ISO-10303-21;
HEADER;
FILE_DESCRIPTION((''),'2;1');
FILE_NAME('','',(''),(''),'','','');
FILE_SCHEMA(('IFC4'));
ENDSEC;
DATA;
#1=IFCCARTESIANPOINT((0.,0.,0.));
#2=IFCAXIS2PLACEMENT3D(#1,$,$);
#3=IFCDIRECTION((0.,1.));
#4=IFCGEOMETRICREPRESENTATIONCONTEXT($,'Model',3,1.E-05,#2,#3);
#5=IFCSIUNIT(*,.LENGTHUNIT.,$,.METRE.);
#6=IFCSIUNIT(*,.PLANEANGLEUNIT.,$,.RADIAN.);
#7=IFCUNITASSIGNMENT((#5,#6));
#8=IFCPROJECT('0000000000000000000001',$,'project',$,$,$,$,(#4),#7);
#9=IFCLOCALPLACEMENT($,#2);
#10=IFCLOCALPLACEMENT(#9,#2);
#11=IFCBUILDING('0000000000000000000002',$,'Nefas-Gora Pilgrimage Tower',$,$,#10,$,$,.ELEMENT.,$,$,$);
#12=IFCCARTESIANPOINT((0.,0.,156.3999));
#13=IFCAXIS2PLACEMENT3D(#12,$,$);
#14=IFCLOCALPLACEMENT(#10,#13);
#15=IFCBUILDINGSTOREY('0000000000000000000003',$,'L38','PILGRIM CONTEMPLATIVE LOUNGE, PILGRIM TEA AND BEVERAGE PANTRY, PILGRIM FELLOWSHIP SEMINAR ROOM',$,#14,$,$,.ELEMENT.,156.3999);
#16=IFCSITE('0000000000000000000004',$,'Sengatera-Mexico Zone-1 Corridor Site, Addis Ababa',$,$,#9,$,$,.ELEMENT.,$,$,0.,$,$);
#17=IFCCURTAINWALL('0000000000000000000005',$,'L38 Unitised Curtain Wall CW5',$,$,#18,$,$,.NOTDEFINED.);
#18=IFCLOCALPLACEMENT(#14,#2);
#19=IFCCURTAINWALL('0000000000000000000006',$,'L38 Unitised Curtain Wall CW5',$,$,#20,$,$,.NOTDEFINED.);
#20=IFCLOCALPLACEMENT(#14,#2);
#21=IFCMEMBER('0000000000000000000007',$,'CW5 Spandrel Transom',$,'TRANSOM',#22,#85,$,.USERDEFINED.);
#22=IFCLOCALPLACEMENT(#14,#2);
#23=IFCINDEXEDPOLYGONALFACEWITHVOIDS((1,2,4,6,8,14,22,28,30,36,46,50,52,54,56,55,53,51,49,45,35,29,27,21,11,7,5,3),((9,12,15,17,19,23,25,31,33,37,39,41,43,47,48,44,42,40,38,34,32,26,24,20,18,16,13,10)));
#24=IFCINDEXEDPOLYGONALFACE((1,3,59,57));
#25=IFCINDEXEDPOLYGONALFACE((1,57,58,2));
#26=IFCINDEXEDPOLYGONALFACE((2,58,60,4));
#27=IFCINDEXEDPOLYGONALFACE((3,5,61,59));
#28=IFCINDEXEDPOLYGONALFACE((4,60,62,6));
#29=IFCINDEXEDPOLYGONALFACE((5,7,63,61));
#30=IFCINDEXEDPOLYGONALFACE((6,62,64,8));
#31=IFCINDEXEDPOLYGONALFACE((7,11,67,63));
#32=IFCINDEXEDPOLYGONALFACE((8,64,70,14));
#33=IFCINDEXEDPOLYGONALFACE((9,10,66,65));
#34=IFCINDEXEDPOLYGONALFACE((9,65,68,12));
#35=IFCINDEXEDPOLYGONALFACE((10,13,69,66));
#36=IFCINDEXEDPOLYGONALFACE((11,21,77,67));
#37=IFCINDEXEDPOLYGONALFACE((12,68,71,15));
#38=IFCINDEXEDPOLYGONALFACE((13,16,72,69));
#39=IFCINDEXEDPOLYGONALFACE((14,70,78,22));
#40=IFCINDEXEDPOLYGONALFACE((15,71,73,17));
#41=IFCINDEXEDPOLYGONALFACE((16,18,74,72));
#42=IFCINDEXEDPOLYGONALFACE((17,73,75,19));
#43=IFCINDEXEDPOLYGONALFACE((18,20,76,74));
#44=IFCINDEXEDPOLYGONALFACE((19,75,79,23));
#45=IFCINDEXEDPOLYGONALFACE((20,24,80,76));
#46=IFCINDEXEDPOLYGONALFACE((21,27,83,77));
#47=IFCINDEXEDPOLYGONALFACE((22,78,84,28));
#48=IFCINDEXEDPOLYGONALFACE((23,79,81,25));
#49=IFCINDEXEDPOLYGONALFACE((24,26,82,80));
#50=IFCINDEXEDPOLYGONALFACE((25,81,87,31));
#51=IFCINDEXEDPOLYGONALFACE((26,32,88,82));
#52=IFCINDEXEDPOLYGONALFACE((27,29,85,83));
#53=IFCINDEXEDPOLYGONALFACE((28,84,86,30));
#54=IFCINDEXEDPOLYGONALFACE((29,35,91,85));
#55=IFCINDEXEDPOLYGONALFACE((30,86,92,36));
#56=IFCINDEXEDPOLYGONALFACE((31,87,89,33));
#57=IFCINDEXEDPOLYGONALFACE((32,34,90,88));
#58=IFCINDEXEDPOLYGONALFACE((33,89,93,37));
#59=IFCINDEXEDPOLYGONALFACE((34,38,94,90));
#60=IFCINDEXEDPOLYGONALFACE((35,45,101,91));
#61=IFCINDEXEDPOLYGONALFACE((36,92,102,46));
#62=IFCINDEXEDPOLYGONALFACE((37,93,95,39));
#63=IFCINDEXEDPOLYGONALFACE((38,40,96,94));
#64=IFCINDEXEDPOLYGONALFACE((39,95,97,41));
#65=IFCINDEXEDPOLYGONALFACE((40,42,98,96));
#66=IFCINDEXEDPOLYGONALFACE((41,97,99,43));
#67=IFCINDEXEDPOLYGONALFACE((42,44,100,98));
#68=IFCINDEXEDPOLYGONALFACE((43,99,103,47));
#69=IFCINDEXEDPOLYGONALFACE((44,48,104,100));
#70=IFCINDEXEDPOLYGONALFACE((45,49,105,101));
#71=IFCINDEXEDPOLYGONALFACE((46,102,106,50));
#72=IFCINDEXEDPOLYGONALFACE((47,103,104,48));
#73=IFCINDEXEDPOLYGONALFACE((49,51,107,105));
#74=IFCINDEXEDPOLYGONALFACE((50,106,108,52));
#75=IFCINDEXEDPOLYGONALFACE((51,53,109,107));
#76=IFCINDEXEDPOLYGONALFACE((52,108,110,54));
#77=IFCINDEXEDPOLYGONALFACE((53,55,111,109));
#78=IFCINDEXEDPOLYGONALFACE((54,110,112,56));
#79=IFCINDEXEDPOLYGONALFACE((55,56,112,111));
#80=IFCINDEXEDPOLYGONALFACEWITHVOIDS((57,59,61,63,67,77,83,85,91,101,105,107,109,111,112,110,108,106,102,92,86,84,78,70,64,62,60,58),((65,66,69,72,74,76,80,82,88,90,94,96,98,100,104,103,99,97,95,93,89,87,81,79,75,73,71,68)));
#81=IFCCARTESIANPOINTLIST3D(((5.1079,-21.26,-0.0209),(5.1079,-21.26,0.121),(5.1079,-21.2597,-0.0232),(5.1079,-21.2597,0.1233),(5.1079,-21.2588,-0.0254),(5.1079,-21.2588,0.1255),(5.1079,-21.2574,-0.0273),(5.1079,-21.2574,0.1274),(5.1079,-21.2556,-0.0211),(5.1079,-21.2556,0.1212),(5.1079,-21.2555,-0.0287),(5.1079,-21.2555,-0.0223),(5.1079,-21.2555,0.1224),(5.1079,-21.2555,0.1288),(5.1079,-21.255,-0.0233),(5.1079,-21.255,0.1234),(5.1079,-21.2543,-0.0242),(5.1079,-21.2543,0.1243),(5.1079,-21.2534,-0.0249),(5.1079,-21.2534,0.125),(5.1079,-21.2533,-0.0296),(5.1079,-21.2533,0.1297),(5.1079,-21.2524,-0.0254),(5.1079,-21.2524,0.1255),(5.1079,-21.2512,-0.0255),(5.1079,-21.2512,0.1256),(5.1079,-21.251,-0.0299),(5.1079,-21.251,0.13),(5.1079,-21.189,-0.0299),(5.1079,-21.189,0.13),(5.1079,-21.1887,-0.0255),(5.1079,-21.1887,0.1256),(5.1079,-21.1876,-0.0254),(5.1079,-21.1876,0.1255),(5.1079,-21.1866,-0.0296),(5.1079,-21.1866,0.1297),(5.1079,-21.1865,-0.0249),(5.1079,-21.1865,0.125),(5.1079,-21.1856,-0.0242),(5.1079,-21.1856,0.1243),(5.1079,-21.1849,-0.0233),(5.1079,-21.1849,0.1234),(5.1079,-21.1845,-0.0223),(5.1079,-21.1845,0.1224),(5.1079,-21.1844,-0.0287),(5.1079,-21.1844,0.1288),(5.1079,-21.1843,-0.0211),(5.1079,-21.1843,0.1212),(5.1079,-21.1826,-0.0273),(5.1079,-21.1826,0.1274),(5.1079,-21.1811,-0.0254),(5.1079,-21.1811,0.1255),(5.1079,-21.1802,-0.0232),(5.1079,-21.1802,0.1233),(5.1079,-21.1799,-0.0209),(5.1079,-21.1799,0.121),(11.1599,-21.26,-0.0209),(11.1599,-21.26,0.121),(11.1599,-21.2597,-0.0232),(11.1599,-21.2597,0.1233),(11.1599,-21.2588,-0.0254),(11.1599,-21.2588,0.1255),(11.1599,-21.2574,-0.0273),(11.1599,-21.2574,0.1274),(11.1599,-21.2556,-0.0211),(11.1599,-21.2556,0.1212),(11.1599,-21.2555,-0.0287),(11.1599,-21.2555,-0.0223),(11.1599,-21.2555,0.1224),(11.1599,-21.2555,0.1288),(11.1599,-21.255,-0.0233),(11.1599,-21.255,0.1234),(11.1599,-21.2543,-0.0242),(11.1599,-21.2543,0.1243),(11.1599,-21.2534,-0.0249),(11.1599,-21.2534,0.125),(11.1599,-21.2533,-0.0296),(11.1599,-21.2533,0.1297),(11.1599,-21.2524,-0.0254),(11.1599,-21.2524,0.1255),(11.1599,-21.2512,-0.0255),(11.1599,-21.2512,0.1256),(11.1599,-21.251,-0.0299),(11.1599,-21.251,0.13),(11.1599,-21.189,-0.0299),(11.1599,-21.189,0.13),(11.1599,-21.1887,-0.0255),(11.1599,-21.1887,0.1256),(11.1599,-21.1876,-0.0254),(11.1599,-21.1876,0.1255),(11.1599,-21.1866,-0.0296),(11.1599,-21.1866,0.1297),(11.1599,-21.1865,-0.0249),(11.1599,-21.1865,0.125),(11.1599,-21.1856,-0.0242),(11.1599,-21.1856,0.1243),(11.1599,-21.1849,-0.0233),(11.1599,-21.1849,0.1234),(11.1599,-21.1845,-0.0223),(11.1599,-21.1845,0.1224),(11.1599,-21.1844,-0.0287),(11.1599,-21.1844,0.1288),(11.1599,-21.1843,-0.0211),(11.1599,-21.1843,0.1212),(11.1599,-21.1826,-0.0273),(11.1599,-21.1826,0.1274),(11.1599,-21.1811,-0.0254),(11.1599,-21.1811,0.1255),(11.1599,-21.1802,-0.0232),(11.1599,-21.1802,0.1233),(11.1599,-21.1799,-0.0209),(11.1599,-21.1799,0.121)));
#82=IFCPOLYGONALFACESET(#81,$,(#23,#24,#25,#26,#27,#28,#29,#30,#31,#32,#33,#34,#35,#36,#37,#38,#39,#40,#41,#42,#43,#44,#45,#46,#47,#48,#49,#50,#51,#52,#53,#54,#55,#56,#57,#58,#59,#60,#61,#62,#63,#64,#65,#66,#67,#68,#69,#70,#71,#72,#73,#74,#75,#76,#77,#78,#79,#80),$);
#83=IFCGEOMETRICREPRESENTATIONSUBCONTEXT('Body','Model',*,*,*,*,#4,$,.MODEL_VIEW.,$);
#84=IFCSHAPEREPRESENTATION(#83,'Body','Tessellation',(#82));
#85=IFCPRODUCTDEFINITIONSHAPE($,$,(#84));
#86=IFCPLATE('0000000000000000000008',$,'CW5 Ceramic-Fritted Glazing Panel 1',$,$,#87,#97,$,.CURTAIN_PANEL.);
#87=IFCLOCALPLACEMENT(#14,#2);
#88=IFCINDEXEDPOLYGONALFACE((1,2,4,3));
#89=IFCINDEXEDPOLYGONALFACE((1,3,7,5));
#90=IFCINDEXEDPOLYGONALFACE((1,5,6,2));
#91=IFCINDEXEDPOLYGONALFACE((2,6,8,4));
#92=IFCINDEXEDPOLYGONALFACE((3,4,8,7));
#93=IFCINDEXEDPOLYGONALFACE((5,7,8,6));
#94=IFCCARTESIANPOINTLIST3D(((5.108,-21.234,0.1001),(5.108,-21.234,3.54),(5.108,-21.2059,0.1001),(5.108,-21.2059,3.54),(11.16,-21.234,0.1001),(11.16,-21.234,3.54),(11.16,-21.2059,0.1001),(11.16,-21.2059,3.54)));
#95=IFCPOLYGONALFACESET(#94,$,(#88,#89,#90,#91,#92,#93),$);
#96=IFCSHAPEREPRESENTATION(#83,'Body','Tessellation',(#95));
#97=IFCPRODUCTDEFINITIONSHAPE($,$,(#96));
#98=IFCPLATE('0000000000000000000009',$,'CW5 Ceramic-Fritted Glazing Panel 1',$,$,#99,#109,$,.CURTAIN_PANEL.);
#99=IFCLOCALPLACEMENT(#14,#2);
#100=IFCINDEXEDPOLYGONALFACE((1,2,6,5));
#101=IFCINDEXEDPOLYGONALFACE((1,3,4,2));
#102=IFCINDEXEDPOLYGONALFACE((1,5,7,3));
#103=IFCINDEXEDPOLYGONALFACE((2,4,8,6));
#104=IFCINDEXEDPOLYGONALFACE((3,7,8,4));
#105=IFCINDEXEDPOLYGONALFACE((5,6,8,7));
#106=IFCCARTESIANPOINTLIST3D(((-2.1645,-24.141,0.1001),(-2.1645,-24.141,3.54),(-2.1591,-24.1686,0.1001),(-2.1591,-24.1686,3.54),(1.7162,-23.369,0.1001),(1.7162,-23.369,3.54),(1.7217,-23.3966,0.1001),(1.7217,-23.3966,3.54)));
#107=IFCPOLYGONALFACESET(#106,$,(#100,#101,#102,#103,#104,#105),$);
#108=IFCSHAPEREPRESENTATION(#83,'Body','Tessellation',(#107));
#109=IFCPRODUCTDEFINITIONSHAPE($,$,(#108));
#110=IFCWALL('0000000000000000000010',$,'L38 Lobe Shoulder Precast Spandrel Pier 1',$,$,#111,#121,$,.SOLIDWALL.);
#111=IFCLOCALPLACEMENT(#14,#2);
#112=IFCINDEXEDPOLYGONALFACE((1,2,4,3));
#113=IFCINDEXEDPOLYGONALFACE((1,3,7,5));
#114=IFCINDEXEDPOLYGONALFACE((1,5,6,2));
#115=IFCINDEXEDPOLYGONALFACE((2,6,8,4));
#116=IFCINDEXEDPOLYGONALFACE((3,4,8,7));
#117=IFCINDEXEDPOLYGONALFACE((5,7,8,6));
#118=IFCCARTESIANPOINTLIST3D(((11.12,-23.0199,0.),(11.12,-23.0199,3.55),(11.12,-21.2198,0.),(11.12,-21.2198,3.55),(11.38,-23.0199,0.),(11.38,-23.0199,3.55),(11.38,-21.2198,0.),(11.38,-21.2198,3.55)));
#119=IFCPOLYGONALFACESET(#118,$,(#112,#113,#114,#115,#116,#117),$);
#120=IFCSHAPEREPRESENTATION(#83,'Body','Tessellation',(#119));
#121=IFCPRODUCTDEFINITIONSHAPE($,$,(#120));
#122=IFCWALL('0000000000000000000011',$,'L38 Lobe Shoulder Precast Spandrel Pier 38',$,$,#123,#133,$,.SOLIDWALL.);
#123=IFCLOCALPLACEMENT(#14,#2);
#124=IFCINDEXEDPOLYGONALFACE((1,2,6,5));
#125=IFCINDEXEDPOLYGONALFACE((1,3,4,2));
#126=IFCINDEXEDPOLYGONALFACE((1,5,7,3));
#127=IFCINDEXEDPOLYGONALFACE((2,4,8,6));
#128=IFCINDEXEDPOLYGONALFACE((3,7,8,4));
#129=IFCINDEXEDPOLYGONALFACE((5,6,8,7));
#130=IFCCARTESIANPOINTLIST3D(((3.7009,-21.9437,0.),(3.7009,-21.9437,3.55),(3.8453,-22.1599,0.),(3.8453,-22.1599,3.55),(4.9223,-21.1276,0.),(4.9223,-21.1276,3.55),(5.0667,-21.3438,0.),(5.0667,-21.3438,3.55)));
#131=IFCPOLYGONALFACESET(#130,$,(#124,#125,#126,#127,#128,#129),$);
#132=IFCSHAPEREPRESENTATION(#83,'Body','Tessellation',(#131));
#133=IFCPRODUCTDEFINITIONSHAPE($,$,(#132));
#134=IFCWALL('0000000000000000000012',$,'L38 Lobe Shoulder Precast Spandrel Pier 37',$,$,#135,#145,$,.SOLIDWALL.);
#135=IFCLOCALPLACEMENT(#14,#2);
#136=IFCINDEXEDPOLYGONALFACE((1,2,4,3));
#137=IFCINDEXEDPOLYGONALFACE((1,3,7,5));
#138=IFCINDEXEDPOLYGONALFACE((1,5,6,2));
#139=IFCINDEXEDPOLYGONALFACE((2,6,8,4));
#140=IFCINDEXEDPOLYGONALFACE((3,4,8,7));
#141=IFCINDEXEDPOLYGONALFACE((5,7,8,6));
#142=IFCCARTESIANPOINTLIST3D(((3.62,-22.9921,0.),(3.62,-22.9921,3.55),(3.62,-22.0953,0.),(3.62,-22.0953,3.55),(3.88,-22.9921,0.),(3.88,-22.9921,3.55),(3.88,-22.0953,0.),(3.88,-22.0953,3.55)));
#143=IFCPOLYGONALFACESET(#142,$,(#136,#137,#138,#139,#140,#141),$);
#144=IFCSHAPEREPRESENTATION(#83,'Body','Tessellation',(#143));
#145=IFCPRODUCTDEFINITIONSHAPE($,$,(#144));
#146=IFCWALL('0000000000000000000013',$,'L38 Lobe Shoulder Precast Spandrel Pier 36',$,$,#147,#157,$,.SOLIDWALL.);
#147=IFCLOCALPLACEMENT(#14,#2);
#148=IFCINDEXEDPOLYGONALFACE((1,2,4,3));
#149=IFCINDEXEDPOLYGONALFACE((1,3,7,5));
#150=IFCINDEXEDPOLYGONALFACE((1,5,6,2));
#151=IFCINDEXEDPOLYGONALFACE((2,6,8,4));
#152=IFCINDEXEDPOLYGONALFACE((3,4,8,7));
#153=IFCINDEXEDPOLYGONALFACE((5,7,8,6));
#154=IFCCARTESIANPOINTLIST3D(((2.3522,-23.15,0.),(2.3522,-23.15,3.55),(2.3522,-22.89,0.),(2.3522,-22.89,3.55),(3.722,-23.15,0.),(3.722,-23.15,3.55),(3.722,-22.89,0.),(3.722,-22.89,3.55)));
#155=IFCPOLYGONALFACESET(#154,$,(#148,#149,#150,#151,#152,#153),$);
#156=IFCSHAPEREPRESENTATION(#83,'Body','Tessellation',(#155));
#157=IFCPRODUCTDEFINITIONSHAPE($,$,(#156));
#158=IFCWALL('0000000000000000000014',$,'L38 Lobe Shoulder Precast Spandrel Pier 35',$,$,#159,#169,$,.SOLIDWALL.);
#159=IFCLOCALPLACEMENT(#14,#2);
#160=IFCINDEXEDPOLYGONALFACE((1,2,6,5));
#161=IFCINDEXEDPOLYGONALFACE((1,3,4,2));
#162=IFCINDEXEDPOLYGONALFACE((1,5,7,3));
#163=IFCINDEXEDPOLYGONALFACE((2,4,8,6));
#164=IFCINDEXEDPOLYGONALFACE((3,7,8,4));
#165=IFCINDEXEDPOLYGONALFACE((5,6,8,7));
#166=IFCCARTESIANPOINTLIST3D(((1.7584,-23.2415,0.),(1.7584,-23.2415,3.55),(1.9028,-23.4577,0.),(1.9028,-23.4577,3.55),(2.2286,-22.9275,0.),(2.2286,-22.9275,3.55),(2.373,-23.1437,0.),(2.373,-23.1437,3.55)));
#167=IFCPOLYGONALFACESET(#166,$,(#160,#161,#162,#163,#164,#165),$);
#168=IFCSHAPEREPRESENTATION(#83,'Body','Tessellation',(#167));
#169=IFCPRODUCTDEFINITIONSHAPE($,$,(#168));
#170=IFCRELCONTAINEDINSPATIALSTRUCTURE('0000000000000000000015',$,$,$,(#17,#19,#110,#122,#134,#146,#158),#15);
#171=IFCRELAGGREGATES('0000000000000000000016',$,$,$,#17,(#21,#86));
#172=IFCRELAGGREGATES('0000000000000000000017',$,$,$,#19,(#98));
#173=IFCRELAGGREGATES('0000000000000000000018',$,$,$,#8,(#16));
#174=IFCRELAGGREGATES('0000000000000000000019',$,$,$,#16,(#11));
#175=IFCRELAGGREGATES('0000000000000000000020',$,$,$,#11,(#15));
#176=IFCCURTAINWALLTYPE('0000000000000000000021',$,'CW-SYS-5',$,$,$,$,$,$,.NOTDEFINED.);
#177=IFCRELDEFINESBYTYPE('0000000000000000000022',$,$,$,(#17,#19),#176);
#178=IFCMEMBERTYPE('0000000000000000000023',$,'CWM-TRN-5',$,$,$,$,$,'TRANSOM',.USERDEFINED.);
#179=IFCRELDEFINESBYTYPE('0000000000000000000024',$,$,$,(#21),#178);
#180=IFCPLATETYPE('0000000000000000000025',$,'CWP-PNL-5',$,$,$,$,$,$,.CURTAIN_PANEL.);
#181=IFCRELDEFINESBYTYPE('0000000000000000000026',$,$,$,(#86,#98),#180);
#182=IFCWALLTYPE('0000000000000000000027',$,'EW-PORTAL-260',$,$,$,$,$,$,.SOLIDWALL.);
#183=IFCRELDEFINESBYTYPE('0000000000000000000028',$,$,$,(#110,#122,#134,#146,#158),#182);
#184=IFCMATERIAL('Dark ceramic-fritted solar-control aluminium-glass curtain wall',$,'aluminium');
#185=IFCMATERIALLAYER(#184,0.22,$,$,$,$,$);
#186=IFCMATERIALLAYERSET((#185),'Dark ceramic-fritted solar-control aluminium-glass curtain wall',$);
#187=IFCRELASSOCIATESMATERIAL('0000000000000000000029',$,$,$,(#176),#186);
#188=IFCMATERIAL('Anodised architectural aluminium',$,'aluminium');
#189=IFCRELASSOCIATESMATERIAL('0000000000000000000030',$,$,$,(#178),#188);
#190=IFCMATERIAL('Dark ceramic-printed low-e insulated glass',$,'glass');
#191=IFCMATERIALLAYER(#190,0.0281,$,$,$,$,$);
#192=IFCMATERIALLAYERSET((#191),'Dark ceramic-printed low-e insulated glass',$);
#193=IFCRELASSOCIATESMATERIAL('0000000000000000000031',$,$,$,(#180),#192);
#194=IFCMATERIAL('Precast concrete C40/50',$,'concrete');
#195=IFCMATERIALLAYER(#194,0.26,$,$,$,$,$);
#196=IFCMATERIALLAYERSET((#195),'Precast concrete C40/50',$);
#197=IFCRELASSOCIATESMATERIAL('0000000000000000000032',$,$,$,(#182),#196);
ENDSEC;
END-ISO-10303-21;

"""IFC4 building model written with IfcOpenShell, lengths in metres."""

from ifc_helpers import new_model, si_unit, direction, frame, frame_2d, origin, origin_2d, place, context, subcontext, project, spatial, rectangle, hollow_rectangle, extrude, source, transform, mapped, material, layer, layer_set, material_profile, profile_set, type_object, element, aggregate, save


model = new_model("IFC4")

# Units and contexts
model_context = context("Model", 3, precision=1e-05, world=origin(), true_north=direction((0.0, 1.0)))
body_context = subcontext(model_context, "Body", "Model", "MODEL_VIEW")
ifc_project = project(units=[si_unit("LENGTHUNIT", "METRE"), si_unit("PLANEANGLEUNIT", "RADIAN")], contexts=[model_context])

# Site, building, storey
site_placement = place(None, origin())
site = spatial("IfcSite", under=ifc_project, at=site_placement, Name="Sengatera-Mexico Zone-1 Corridor Site, Addis Ababa", CompositionType="ELEMENT", RefElevation=0.0)
building_placement = place(site_placement, origin())
building = spatial("IfcBuilding", under=site, at=building_placement, Name="Nefas-Gora Pilgrimage Tower", CompositionType="ELEMENT")
storey_placement = place(building_placement, frame((0.0, 0.0, 156.3999)))
storey = spatial("IfcBuildingStorey", under=building, at=storey_placement, Name="L38", Description="PILGRIM CONTEMPLATIVE LOUNGE, PILGRIM TEA AND BEVERAGE PANTRY, PILGRIM FELLOWSHIP SEMINAR ROOM", CompositionType="ELEMENT", Elevation=156.3999)

# Curtain wall
ifc_material_1 = material(Name="Dark ceramic-fritted solar-control aluminium-glass curtain wall", Category="aluminium")
ifc_layer_1 = layer(ifc_material_1, 0.22)
ifc_layer_set_1 = layer_set([ifc_layer_1], Name="Dark ceramic-fritted solar-control aluminium-glass curtain wall")
curtain_wall_type = type_object("IfcCurtainWallType", Name="CW-SYS-5", PredefinedType="NOTDEFINED", material=ifc_layer_set_1)
curtain_wall_1_placement = place(storey_placement, origin())
curtain_wall_1 = element("IfcCurtainWall", 1, at=curtain_wall_1_placement, inside=storey, type_object=curtain_wall_type, Name="L38 Unitised Curtain Wall CW5", PredefinedType="NOTDEFINED")
ifc_material_2 = material(Name="Anodised architectural aluminium", Category="aluminium")

# Curtain wall
curtain_wall_2_placement = place(storey_placement, origin())
curtain_wall_2 = element("IfcCurtainWall", 2, at=curtain_wall_2_placement, inside=storey, type_object=curtain_wall_type, Name="L38 Unitised Curtain Wall CW5", PredefinedType="NOTDEFINED")

# Member
ifc_material_profile_1 = material_profile(ifc_material_2, hollow_rectangle(XDim=0.0801, YDim=0.1599, WallThickness=0.0044, InnerFilletRadius=0.0044, OuterFilletRadius=0.009, at=origin_2d()), Name="ALU TRANSOM 80x160")
ifc_profile_set_1 = profile_set([ifc_material_profile_1], Name="Anodised architectural aluminium")
member_type_1 = type_object("IfcMemberType", Name="CWM-TRN-5", ElementType="TRANSOM", PredefinedType="USERDEFINED", material=ifc_profile_set_1)
shared_shape_1 = source(origin(), body_context, "Body", "SweptSolid", [
    extrude(hollow_rectangle(XDim=0.0801, YDim=0.1599, WallThickness=0.0044, InnerFilletRadius=0.0044, OuterFilletRadius=0.009, at=origin_2d()), origin(), (0.0, 0.0, 1.0), 6.052),
])
member_1_placement = place(storey_placement, frame((5.1079, -21.22, 0.05), z_axis=(1.0, 0.0, 0.0), x_axis=(0.0, 1.0, 0.0)))
member_1 = element("IfcMember", 3, at=member_1_placement, type_object=member_type_1, Name="CW5 Spandrel Transom", ObjectType="TRANSOM", PredefinedType="USERDEFINED", context=body_context, shape_type="MappedRepresentation", body=[
    mapped(shared_shape_1, transform((0.0, 0.0, 0.0), x_axis=(1.0, 0.0, 0.0), y_axis=(0.0, 1.0, 0.0), z_axis=(0.0, 0.0, 1.0), scale=1.0)),
])

# Plates
ifc_material_3 = material(Name="Dark ceramic-printed low-e insulated glass", Category="glass")
ifc_layer_2 = layer(ifc_material_3, 0.0281)
ifc_layer_set_2 = layer_set([ifc_layer_2], Name="Dark ceramic-printed low-e insulated glass")
plate_type = type_object("IfcPlateType", Name="CWP-PNL-5", PredefinedType="CURTAIN_PANEL", material=ifc_layer_set_2)
shared_shape_2 = source(origin(), body_context, "Body", "SweptSolid", [
    extrude(rectangle(XDim=6.052, YDim=0.0281, at=origin_2d()), origin(), (0.0, 0.0, 1.0), 3.4399),
])
plate_1_placement = place(storey_placement, frame((8.134, -21.22, 0.1001), z_axis=(0.0, 0.0, 1.0), x_axis=(1.0, 0.0, 0.0)))
plate_1 = element("IfcPlate", 4, at=plate_1_placement, type_object=plate_type, Name="CW5 Ceramic-Fritted Glazing Panel 1", PredefinedType="CURTAIN_PANEL", context=body_context, shape_type="MappedRepresentation", body=[
    mapped(shared_shape_2, transform((0.0, 0.0, 0.0), x_axis=(1.0, 0.0, 0.0), y_axis=(0.0, 1.0, 0.0), z_axis=(0.0, 0.0, 1.0), scale=1.0)),
])
aggregate(curtain_wall_1, [member_1, plate_1])
shared_shape_3 = source(origin(), body_context, "Body", "SweptSolid", [
    extrude(rectangle(XDim=3.9568, YDim=0.0281, at=origin_2d()), origin(), (0.0, 0.0, 1.0), 3.4399),
])
plate_2_placement = place(storey_placement, frame((-0.2214, -23.7688, 0.1001), z_axis=(0.0, 0.0, 1.0), x_axis=(0.980783, 0.195102, 0.0)))
plate_2 = element("IfcPlate", 5, at=plate_2_placement, type_object=plate_type, Name="CW5 Ceramic-Fritted Glazing Panel 1", PredefinedType="CURTAIN_PANEL", context=body_context, shape_type="MappedRepresentation", body=[
    mapped(shared_shape_3, transform((0.0, 0.0, 0.0), x_axis=(1.0, 0.0, 0.0), y_axis=(0.0, 1.0, 0.0), z_axis=(0.0, 0.0, 1.0), scale=1.0)),
])
aggregate(curtain_wall_2, [plate_2])

# Walls
ifc_material_4 = material(Name="Precast concrete C40/50", Category="concrete")
ifc_layer_3 = layer(ifc_material_4, 0.26)
ifc_layer_set_3 = layer_set([ifc_layer_3], Name="Precast concrete C40/50")
wall_type_1 = type_object("IfcWallType", Name="EW-PORTAL-260", PredefinedType="SOLIDWALL", material=ifc_layer_set_3)
shared_shape_4 = source(origin(), body_context, "Body", "SweptSolid", [
    extrude(rectangle(XDim=1.8, YDim=0.26, at=frame_2d((0.8999, 0.0))), origin(), (0.0, 0.0, 1.0), 3.55),
])
wall_1_placement = place(storey_placement, frame((11.25, -21.22, 0.0), z_axis=(0.0, 0.0, 1.0), x_axis=(0.0, -1.0, 0.0)))
element("IfcWall", 6, at=wall_1_placement, inside=storey, type_object=wall_type_1, Name="L38 Lobe Shoulder Precast Spandrel Pier 1", PredefinedType="SOLIDWALL", context=body_context, shape_type="MappedRepresentation", body=[
    mapped(shared_shape_4, transform((0.0, 0.0, 0.0), x_axis=(1.0, 0.0, 0.0), y_axis=(0.0, 1.0, 0.0), z_axis=(0.0, 0.0, 1.0), scale=1.0)),
])
shared_shape_5 = source(origin(), body_context, "Body", "SweptSolid", [
    extrude(rectangle(XDim=1.469, YDim=0.26, at=frame_2d((0.7344, 0.0))), origin(), (0.0, 0.0, 1.0), 3.55),
])
wall_2_placement = place(storey_placement, frame((3.7732, -22.0518, 0.0), z_axis=(0.0, 0.0, 1.0), x_axis=(0.831462, 0.555582, 0.0)))
element("IfcWall", 7, at=wall_2_placement, inside=storey, type_object=wall_type_1, Name="L38 Lobe Shoulder Precast Spandrel Pier 38", PredefinedType="SOLIDWALL", context=body_context, shape_type="MappedRepresentation", body=[
    mapped(shared_shape_5, transform((0.0, 0.0, 0.0), x_axis=(1.0, 0.0, 0.0), y_axis=(0.0, 1.0, 0.0), z_axis=(0.0, 0.0, 1.0), scale=1.0)),
])
shared_shape_6 = source(origin(), body_context, "Body", "SweptSolid", [
    extrude(rectangle(XDim=0.8967, YDim=0.26, at=frame_2d((0.4482, 0.0))), origin(), (0.0, 0.0, 1.0), 3.55),
])
wall_3_placement = place(storey_placement, frame((3.75, -22.9919, 0.0), z_axis=(0.0, 0.0, 1.0), x_axis=(0.0, 1.0, 0.0)))
element("IfcWall", 8, at=wall_3_placement, inside=storey, type_object=wall_type_1, Name="L38 Lobe Shoulder Precast Spandrel Pier 37", PredefinedType="SOLIDWALL", context=body_context, shape_type="MappedRepresentation", body=[
    mapped(shared_shape_6, transform((0.0, 0.0, 0.0), x_axis=(1.0, 0.0, 0.0), y_axis=(0.0, 1.0, 0.0), z_axis=(0.0, 0.0, 1.0), scale=1.0)),
])
shared_shape_7 = source(origin(), body_context, "Body", "SweptSolid", [
    extrude(rectangle(XDim=1.3699, YDim=0.26, at=frame_2d((0.6851, 0.0))), origin(), (0.0, 0.0, 1.0), 3.55),
])
wall_4_placement = place(storey_placement, frame((2.3521, -23.02, 0.0), z_axis=(0.0, 0.0, 1.0), x_axis=(1.0, 0.0, 0.0)))
element("IfcWall", 9, at=wall_4_placement, inside=storey, type_object=wall_type_1, Name="L38 Lobe Shoulder Precast Spandrel Pier 36", PredefinedType="SOLIDWALL", context=body_context, shape_type="MappedRepresentation", body=[
    mapped(shared_shape_7, transform((0.0, 0.0, 0.0), x_axis=(1.0, 0.0, 0.0), y_axis=(0.0, 1.0, 0.0), z_axis=(0.0, 0.0, 1.0), scale=1.0)),
])
shared_shape_8 = source(origin(), body_context, "Body", "SweptSolid", [
    extrude(rectangle(XDim=0.5654, YDim=0.26, at=frame_2d((0.2827, 0.0))), origin(), (0.0, 0.0, 1.0), 3.55),
])
wall_5_placement = place(storey_placement, frame((1.8306, -23.3496, 0.0), z_axis=(0.0, 0.0, 1.0), x_axis=(0.831651, 0.555298, 0.0)))
element("IfcWall", 10, at=wall_5_placement, inside=storey, type_object=wall_type_1, Name="L38 Lobe Shoulder Precast Spandrel Pier 35", PredefinedType="SOLIDWALL", context=body_context, shape_type="MappedRepresentation", body=[
    mapped(shared_shape_8, transform((0.0, 0.0, 0.0), x_axis=(1.0, 0.0, 0.0), y_axis=(0.0, 1.0, 0.0), z_axis=(0.0, 0.0, 1.0), scale=1.0)),
])

save(model, "model.ifc")
